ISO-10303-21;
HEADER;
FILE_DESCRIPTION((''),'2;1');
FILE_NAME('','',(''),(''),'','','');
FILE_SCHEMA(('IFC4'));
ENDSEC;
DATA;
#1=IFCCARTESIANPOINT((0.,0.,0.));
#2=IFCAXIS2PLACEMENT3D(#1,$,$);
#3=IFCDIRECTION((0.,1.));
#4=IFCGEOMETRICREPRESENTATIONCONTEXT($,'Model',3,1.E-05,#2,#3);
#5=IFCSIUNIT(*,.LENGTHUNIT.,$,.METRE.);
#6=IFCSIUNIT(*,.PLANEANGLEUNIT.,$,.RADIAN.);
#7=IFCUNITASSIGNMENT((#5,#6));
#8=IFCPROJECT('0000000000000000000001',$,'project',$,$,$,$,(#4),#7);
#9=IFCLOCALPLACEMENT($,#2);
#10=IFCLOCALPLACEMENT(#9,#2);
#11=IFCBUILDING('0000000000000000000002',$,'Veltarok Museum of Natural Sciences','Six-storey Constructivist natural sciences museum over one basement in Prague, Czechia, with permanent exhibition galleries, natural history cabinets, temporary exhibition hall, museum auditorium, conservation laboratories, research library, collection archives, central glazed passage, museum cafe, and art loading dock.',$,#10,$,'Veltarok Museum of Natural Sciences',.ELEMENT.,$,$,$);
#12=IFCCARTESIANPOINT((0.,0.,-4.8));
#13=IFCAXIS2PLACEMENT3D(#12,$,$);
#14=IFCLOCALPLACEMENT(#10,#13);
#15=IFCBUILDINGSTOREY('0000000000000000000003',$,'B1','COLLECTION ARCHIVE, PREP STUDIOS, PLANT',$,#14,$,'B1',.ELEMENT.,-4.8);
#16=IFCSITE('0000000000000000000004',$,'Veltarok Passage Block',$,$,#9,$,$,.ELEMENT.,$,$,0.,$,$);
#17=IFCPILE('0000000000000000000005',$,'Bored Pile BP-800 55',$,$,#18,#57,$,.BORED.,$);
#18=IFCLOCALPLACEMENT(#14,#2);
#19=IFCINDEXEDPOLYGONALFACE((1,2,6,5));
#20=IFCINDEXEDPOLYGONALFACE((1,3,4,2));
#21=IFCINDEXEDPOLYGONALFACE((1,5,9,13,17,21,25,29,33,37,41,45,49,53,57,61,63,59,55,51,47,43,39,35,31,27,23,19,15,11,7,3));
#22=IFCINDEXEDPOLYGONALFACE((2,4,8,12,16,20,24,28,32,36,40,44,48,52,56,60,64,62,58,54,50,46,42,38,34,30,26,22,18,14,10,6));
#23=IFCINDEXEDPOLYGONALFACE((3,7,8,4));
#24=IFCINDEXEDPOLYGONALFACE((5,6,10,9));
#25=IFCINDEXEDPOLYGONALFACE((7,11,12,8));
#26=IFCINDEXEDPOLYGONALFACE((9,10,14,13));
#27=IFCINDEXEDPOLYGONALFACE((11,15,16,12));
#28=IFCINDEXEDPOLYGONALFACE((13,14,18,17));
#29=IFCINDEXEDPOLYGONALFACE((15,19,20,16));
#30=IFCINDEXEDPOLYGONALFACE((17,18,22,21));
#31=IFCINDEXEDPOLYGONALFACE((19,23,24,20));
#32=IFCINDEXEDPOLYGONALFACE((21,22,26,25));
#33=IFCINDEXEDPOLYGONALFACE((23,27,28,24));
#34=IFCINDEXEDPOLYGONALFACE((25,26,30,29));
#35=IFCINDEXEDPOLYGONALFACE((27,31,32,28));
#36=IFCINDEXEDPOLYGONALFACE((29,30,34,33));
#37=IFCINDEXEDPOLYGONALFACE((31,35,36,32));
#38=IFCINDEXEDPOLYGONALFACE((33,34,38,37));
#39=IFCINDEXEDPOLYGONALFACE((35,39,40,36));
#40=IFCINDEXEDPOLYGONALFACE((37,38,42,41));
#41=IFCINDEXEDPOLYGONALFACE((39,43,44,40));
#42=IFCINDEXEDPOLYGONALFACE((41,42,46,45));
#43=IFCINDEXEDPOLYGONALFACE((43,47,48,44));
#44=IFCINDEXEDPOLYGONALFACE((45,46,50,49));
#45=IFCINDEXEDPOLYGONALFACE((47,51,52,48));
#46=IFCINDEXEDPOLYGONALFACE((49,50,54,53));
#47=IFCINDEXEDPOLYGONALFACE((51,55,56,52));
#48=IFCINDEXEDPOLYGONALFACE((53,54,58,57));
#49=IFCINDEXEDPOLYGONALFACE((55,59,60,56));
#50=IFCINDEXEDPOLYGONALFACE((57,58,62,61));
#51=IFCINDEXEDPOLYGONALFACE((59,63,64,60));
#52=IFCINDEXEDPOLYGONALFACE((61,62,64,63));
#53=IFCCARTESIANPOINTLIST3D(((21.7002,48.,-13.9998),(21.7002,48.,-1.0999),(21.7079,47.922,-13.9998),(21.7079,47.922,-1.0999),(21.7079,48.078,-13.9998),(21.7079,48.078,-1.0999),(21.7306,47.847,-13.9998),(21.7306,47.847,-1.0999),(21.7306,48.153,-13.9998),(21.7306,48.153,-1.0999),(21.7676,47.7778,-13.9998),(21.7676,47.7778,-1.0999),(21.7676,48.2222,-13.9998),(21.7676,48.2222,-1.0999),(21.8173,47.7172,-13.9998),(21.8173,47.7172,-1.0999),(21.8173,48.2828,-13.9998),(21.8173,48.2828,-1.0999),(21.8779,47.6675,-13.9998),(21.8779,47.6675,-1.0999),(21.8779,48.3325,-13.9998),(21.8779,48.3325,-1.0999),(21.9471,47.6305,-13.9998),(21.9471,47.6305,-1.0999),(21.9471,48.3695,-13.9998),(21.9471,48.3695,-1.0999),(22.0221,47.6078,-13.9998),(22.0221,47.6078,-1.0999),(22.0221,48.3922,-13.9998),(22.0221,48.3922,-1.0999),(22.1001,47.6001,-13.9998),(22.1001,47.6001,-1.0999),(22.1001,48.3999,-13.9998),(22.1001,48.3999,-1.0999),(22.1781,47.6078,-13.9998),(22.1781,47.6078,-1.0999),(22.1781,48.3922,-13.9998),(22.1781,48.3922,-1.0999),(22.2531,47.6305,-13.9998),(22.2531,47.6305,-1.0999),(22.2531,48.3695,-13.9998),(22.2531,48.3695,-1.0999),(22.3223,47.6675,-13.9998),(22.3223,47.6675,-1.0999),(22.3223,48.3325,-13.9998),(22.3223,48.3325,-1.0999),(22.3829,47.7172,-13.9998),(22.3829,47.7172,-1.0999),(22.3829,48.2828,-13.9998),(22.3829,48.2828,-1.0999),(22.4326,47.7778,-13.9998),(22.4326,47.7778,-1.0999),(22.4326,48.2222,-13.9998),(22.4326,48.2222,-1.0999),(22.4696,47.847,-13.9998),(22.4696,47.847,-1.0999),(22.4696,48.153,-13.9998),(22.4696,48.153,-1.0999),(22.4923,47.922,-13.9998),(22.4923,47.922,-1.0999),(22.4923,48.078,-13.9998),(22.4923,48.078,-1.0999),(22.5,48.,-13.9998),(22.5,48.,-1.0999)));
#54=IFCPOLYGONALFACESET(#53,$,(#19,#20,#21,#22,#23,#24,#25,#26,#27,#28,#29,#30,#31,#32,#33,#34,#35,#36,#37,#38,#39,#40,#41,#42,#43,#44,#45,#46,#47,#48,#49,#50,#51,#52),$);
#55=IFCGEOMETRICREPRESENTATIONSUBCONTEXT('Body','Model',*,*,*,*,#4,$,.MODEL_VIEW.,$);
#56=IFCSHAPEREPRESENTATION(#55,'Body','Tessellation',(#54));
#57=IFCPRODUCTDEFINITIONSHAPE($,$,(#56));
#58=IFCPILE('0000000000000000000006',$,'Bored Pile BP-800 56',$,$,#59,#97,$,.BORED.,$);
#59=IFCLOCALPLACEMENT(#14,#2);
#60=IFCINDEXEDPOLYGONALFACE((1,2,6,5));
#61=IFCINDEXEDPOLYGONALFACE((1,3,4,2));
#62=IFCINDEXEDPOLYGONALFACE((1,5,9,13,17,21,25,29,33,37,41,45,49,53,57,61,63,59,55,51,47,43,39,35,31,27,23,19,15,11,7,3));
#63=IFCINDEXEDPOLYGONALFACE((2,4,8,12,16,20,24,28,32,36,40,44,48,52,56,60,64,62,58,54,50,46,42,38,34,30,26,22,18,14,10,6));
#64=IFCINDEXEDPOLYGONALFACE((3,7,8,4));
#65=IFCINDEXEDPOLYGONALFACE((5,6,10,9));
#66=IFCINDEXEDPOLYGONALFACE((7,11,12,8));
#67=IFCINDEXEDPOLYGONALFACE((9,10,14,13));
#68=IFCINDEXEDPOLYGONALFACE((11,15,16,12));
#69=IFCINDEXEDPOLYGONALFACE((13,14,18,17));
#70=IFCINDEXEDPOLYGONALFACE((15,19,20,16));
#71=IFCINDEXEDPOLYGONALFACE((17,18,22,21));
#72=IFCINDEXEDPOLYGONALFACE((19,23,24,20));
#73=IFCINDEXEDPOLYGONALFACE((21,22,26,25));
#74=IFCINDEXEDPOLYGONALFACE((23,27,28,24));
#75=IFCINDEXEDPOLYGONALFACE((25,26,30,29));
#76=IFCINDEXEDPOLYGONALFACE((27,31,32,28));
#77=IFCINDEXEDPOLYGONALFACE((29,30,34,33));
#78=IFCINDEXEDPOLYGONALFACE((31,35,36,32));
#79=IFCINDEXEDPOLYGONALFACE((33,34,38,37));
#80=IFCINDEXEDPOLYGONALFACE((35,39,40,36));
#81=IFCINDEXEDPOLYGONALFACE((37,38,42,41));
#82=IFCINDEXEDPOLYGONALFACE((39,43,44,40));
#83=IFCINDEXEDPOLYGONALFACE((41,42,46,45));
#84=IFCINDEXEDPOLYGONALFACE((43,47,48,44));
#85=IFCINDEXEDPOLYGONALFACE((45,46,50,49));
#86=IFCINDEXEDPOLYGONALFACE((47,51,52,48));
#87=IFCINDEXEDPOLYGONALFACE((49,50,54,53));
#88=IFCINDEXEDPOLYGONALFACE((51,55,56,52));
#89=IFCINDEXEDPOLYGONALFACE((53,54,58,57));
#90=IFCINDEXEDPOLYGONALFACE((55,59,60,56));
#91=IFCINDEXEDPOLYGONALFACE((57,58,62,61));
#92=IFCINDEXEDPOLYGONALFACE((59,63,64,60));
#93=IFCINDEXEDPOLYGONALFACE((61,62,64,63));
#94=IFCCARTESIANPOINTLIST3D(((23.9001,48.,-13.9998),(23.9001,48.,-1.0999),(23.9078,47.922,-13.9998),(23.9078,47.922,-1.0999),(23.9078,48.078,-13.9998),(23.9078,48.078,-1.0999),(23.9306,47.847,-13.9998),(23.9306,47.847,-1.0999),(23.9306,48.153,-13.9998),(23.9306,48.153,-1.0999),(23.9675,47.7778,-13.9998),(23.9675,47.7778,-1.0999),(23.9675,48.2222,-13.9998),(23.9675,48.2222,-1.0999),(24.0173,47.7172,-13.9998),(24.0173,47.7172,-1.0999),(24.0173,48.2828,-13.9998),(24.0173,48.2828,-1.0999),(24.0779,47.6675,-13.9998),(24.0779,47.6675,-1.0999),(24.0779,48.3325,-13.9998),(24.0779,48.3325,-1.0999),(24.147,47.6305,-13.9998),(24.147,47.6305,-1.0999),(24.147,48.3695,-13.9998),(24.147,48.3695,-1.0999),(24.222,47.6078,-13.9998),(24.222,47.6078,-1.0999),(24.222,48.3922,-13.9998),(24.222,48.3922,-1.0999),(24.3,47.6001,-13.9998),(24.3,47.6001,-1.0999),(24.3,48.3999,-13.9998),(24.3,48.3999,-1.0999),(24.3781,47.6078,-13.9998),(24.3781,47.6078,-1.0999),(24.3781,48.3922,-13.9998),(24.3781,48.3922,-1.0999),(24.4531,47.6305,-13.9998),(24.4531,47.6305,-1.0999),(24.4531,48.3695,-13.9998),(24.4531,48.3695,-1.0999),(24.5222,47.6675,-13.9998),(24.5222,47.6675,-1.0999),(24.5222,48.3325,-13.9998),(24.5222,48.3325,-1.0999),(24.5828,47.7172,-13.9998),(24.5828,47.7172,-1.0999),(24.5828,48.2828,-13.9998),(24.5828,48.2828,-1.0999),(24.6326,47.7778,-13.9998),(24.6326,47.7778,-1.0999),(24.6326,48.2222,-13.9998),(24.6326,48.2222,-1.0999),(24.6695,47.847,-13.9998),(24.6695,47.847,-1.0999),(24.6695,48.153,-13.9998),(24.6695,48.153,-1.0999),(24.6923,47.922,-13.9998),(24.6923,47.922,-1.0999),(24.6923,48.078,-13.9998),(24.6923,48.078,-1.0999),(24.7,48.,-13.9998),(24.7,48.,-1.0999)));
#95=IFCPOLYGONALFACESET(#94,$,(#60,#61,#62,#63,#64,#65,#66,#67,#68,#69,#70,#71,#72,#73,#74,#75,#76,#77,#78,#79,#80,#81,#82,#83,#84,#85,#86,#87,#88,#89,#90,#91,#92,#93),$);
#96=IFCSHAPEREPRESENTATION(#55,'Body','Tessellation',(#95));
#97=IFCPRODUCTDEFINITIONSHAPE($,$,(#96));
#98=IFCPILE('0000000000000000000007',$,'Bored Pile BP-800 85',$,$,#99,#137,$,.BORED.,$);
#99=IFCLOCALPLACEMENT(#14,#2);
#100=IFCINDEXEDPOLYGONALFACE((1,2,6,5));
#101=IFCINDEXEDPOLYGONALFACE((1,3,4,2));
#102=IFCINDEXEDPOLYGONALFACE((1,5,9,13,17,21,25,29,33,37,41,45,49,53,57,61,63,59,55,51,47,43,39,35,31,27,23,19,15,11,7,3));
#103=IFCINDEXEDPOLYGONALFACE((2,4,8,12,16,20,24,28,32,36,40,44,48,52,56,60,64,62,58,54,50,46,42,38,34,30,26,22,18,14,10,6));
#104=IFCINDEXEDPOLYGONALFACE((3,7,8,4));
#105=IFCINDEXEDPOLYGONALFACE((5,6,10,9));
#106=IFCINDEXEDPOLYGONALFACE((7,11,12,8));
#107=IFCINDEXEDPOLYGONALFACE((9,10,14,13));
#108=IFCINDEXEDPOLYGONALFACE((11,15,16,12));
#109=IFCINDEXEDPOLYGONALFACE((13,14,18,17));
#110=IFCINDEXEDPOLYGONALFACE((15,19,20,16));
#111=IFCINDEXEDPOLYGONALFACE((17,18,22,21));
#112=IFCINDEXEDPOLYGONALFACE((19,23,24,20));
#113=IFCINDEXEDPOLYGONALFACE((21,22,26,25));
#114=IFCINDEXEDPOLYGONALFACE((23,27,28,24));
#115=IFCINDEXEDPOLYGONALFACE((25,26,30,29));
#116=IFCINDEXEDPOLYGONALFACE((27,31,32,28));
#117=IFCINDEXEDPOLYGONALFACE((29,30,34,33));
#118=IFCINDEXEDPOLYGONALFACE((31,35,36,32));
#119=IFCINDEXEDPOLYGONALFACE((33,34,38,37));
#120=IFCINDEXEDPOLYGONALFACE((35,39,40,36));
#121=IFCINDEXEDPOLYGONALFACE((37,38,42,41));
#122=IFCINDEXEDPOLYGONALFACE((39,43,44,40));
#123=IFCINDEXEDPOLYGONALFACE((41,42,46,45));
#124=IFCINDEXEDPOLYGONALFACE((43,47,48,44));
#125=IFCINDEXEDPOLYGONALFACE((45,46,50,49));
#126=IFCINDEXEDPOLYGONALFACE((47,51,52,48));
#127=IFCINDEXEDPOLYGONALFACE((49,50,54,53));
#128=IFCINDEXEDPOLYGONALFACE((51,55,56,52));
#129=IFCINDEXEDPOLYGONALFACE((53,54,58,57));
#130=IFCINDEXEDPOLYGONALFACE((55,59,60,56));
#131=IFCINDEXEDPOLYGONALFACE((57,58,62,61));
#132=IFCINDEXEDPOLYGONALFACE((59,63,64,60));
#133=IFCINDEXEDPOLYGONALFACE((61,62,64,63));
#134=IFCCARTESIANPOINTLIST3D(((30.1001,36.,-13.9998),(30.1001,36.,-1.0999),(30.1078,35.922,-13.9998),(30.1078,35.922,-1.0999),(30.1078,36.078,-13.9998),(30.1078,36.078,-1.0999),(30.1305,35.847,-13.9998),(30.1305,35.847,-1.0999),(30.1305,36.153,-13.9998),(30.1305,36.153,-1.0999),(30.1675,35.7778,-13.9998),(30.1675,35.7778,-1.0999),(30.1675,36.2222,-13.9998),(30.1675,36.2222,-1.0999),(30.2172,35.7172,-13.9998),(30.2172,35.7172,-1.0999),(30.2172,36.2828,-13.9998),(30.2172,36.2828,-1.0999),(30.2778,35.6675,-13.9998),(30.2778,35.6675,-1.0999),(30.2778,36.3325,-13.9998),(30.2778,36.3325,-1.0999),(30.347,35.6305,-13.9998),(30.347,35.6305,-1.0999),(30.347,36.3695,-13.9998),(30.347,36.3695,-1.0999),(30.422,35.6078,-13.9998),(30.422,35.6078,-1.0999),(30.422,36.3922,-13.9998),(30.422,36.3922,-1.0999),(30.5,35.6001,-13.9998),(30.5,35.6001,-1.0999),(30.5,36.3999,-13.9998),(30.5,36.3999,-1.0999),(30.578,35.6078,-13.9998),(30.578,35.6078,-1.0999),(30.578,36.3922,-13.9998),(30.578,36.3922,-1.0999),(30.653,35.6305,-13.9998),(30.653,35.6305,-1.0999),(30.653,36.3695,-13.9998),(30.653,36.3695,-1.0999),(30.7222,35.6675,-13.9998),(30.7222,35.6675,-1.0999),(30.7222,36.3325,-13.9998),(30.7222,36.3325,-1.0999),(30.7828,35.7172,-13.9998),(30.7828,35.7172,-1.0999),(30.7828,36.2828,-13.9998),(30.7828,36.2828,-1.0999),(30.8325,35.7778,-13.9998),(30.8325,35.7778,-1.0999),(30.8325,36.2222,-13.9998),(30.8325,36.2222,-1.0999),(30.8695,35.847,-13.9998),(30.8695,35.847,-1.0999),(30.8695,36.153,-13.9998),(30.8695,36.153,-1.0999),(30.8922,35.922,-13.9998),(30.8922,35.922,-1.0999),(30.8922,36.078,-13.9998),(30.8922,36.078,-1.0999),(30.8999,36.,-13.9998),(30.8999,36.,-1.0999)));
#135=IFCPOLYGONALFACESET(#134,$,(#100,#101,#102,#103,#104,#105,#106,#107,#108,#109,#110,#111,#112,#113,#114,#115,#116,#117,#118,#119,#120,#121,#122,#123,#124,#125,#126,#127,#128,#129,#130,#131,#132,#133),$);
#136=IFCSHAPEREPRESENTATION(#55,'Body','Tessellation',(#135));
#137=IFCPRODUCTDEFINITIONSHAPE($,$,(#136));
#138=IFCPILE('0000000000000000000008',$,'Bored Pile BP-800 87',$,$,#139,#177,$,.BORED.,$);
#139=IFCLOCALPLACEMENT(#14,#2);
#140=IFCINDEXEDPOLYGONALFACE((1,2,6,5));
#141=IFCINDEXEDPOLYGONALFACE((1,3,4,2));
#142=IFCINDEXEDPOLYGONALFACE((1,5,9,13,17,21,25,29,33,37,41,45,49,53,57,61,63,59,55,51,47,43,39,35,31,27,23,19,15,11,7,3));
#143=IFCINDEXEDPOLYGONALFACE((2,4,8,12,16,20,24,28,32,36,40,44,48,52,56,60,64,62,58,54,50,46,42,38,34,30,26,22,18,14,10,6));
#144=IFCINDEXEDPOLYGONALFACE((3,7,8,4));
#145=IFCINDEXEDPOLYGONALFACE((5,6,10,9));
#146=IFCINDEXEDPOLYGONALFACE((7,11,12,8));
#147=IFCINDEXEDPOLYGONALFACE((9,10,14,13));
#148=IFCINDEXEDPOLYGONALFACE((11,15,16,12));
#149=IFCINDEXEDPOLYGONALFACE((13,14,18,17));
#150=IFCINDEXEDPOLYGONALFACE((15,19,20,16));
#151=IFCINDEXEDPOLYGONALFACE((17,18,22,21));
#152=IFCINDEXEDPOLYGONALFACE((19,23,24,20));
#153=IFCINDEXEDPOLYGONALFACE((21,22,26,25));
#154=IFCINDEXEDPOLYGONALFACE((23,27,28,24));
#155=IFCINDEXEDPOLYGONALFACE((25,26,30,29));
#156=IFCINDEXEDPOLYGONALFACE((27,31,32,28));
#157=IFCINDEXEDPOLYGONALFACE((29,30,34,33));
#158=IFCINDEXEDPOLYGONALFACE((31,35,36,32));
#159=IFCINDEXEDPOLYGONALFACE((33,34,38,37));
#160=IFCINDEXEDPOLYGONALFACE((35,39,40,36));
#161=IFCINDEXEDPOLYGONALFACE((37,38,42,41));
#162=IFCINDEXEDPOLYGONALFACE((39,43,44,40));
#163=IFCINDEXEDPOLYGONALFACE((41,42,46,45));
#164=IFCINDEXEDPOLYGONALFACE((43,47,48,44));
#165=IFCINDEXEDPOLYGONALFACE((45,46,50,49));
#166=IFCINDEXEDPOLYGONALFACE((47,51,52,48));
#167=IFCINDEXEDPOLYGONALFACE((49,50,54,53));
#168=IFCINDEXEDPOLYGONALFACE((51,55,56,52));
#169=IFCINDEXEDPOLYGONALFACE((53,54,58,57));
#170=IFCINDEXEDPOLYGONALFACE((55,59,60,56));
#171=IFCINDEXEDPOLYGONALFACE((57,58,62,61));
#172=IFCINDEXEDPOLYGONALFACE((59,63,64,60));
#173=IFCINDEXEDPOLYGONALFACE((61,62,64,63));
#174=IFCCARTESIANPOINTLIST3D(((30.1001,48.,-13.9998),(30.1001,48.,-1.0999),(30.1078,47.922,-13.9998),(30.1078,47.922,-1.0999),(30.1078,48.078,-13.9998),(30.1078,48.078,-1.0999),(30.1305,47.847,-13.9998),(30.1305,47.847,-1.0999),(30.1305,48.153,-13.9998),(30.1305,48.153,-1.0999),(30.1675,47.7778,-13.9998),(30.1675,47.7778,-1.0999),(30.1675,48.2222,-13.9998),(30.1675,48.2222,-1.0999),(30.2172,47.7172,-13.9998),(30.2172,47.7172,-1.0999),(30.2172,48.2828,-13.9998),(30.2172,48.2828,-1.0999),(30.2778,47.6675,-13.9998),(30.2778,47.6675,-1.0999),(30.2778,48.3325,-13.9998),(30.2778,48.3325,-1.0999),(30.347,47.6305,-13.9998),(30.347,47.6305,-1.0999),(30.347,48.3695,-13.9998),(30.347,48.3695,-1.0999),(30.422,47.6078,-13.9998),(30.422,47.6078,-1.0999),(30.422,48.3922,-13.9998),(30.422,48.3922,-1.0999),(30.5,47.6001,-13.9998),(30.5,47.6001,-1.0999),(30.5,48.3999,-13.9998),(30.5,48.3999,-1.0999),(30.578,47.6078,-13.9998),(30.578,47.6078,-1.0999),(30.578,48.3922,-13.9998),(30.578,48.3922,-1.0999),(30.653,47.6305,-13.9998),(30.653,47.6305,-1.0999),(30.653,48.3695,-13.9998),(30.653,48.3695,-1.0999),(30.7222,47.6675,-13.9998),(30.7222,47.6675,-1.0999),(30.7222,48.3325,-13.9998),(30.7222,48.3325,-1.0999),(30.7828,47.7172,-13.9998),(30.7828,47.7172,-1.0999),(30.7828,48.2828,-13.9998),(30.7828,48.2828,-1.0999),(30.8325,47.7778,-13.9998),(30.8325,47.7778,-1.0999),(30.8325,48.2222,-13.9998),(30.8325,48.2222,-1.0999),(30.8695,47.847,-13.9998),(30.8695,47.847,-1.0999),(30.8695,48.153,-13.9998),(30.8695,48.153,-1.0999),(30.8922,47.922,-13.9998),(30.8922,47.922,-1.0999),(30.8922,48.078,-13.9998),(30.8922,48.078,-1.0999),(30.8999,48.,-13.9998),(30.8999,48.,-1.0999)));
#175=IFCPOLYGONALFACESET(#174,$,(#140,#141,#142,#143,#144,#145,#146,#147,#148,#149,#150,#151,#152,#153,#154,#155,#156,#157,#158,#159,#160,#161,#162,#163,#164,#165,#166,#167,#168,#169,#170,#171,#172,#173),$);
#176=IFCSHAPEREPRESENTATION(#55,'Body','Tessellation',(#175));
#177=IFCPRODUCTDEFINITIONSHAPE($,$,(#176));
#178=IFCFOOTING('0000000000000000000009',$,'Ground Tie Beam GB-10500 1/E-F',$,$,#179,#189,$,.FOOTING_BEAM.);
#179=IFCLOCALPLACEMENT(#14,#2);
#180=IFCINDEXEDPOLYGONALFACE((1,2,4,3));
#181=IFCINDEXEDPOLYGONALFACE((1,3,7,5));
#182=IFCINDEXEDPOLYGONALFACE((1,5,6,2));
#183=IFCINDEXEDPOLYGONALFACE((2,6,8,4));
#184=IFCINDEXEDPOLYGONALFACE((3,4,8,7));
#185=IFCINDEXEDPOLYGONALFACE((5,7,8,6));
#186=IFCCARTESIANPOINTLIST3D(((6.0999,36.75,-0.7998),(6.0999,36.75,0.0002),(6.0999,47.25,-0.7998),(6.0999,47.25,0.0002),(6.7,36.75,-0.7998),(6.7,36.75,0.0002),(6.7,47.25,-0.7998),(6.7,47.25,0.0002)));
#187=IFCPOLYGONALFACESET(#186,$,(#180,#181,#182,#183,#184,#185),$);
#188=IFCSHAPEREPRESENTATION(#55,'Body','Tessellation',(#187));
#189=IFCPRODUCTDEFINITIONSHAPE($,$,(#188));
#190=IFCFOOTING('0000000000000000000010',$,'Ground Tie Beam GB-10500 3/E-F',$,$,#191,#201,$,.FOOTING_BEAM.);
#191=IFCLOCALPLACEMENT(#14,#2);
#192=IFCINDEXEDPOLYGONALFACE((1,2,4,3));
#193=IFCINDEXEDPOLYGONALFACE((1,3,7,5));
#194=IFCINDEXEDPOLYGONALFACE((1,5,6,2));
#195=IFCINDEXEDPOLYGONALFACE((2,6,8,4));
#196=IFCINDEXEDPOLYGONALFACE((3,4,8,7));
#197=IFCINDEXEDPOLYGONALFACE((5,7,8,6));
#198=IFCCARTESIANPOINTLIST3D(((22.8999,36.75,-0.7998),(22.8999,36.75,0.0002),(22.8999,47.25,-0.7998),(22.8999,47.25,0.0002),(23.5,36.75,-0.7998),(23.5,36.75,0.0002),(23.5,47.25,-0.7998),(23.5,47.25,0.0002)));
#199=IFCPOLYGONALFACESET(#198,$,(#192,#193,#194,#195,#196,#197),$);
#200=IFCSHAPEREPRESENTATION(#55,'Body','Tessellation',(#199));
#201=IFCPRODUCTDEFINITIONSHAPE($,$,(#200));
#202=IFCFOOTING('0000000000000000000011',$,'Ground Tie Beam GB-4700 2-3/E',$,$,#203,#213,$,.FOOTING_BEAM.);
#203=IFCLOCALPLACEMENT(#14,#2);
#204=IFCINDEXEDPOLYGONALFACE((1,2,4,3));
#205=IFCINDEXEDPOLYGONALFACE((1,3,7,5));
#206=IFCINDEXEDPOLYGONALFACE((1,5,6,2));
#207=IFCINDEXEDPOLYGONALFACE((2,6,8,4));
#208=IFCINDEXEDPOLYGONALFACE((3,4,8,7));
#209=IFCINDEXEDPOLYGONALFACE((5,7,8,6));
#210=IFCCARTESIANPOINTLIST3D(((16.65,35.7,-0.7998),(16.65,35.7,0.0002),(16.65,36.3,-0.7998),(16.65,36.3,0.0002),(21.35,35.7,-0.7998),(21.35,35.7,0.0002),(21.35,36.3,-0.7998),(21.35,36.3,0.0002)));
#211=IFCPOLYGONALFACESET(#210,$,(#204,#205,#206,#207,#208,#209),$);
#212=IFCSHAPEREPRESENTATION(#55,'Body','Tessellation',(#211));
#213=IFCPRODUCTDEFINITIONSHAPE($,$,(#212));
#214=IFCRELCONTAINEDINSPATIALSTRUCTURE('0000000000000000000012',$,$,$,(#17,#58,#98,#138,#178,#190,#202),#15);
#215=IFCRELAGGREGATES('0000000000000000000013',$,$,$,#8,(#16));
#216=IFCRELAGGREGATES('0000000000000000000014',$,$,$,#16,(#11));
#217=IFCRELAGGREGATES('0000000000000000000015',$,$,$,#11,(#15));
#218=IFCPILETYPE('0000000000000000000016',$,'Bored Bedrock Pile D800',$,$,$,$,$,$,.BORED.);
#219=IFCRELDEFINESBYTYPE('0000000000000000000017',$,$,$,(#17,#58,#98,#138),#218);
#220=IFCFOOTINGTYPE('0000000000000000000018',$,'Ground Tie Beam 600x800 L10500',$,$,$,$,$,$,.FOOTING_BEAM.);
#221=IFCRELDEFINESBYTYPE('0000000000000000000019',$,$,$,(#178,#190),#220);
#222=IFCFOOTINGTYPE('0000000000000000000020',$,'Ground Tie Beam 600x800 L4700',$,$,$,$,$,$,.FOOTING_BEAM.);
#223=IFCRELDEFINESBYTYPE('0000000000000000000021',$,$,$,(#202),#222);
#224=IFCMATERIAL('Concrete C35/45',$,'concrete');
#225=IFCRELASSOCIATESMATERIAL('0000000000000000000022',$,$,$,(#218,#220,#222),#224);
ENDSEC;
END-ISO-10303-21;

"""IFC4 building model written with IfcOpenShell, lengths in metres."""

from ifc_helpers import new_model, si_unit, direction, frame, origin, origin_2d, place, context, subcontext, project, spatial, rectangle, circle, extrude, material, material_profile, profile_set, type_object, element, save


model = new_model("IFC4")

# Units and contexts
model_context = context("Model", 3, precision=1e-05, world=origin(), true_north=direction((0.0, 1.0)))
body_context = subcontext(model_context, "Body", "Model", "MODEL_VIEW")
ifc_project = project(units=[si_unit("LENGTHUNIT", "METRE"), si_unit("PLANEANGLEUNIT", "RADIAN")], contexts=[model_context])

# Site, building, storey
site_placement = place(None, origin())
site = spatial("IfcSite", under=ifc_project, at=site_placement, Name="Veltarok Passage Block", CompositionType="ELEMENT", RefElevation=0.0)
building_placement = place(site_placement, origin())
building = spatial("IfcBuilding", under=site, at=building_placement, Name="Veltarok Museum of Natural Sciences", Description="Six-storey Constructivist natural sciences museum over one basement in Prague, Czechia, with permanent exhibition galleries, natural history cabinets, temporary exhibition hall, museum auditorium, conservation laboratories, research library, collection archives, central glazed passage, museum cafe, and art loading dock.", LongName="Veltarok Museum of Natural Sciences", CompositionType="ELEMENT")
storey_placement = place(building_placement, frame((0.0, 0.0, -4.8)))
storey = spatial("IfcBuildingStorey", under=building, at=storey_placement, Name="B1", Description="COLLECTION ARCHIVE, PREP STUDIOS, PLANT", LongName="B1", CompositionType="ELEMENT", Elevation=-4.8)

# Piles
ifc_material_1 = material(Name="Concrete C35/45", Category="concrete")
ifc_material_profile_1 = material_profile(ifc_material_1, circle(Radius=0.3999, at=origin_2d()), Name="BP D800")
ifc_profile_set_1 = profile_set([ifc_material_profile_1], Name="Concrete C35/45")
pile_type = type_object("IfcPileType", Name="Bored Bedrock Pile D800", PredefinedType="BORED", material=ifc_profile_set_1)
for number, where, z_axis, x_axis, name in (
    (1, (22.1001, 48.0, -1.0999), (0.0, 0.0, -1.0), (1.0, 0.0, 0.0), "Bored Pile BP-800 55"),
    (2, (24.3, 48.0, -1.0999), (0.0, 0.0, -1.0), (1.0, 0.0, 0.0), "Bored Pile BP-800 56"),
    (3, (30.5, 36.0, -1.0999), (0.0, 0.0, -1.0), (1.0, 0.0, 0.0), "Bored Pile BP-800 85"),
    (4, (30.5, 48.0, -1.0999), (0.0, 0.0, -1.0), (1.0, 0.0, 0.0), "Bored Pile BP-800 87"),
):
    element("IfcPile", number, at=place(storey_placement, frame(where, z_axis=z_axis, x_axis=x_axis)), inside=storey, type_object=pile_type, Name=name, PredefinedType="BORED", context=body_context, shape_type="SweptSolid", body=[
        extrude(circle(Radius=0.3999, at=origin_2d()), origin(), (0.0, 0.0, 1.0), 12.8999),
    ])

# Footings
footing_type_1 = type_object("IfcFootingType", Name="Ground Tie Beam 600x800 L10500", PredefinedType="FOOTING_BEAM", material=ifc_material_1)
for number, where, z_axis, x_axis, name in (
    (5, (6.3999, 42.0, -0.7998), (0.0, 0.0, 1.0), (0.0, 1.0, 0.0), "Ground Tie Beam GB-10500 1/E-F"),
    (6, (23.2, 42.0, -0.7998), (0.0, 0.0, 1.0), (0.0, 1.0, 0.0), "Ground Tie Beam GB-10500 3/E-F"),
):
    element("IfcFooting", number, at=place(storey_placement, frame(where, z_axis=z_axis, x_axis=x_axis)), inside=storey, type_object=footing_type_1, Name=name, PredefinedType="FOOTING_BEAM", context=body_context, shape_type="SweptSolid", body=[
        extrude(rectangle(XDim=10.5, YDim=0.6001, at=origin_2d()), origin(), (0.0, 0.0, 1.0), 0.8),
    ])
footing_type_2 = type_object("IfcFootingType", Name="Ground Tie Beam 600x800 L4700", PredefinedType="FOOTING_BEAM", material=ifc_material_1)
for number, where, z_axis, x_axis, name in (
    (7, (19.0, 36.0, -0.7998), (0.0, 0.0, 1.0), (1.0, 0.0, 0.0), "Ground Tie Beam GB-4700 2-3/E"),
):
    element("IfcFooting", number, at=place(storey_placement, frame(where, z_axis=z_axis, x_axis=x_axis)), inside=storey, type_object=footing_type_2, Name=name, PredefinedType="FOOTING_BEAM", context=body_context, shape_type="SweptSolid", body=[
        extrude(rectangle(XDim=4.7, YDim=0.6001, at=origin_2d()), origin(), (0.0, 0.0, 1.0), 0.8),
    ])

save(model, "model.ifc")
